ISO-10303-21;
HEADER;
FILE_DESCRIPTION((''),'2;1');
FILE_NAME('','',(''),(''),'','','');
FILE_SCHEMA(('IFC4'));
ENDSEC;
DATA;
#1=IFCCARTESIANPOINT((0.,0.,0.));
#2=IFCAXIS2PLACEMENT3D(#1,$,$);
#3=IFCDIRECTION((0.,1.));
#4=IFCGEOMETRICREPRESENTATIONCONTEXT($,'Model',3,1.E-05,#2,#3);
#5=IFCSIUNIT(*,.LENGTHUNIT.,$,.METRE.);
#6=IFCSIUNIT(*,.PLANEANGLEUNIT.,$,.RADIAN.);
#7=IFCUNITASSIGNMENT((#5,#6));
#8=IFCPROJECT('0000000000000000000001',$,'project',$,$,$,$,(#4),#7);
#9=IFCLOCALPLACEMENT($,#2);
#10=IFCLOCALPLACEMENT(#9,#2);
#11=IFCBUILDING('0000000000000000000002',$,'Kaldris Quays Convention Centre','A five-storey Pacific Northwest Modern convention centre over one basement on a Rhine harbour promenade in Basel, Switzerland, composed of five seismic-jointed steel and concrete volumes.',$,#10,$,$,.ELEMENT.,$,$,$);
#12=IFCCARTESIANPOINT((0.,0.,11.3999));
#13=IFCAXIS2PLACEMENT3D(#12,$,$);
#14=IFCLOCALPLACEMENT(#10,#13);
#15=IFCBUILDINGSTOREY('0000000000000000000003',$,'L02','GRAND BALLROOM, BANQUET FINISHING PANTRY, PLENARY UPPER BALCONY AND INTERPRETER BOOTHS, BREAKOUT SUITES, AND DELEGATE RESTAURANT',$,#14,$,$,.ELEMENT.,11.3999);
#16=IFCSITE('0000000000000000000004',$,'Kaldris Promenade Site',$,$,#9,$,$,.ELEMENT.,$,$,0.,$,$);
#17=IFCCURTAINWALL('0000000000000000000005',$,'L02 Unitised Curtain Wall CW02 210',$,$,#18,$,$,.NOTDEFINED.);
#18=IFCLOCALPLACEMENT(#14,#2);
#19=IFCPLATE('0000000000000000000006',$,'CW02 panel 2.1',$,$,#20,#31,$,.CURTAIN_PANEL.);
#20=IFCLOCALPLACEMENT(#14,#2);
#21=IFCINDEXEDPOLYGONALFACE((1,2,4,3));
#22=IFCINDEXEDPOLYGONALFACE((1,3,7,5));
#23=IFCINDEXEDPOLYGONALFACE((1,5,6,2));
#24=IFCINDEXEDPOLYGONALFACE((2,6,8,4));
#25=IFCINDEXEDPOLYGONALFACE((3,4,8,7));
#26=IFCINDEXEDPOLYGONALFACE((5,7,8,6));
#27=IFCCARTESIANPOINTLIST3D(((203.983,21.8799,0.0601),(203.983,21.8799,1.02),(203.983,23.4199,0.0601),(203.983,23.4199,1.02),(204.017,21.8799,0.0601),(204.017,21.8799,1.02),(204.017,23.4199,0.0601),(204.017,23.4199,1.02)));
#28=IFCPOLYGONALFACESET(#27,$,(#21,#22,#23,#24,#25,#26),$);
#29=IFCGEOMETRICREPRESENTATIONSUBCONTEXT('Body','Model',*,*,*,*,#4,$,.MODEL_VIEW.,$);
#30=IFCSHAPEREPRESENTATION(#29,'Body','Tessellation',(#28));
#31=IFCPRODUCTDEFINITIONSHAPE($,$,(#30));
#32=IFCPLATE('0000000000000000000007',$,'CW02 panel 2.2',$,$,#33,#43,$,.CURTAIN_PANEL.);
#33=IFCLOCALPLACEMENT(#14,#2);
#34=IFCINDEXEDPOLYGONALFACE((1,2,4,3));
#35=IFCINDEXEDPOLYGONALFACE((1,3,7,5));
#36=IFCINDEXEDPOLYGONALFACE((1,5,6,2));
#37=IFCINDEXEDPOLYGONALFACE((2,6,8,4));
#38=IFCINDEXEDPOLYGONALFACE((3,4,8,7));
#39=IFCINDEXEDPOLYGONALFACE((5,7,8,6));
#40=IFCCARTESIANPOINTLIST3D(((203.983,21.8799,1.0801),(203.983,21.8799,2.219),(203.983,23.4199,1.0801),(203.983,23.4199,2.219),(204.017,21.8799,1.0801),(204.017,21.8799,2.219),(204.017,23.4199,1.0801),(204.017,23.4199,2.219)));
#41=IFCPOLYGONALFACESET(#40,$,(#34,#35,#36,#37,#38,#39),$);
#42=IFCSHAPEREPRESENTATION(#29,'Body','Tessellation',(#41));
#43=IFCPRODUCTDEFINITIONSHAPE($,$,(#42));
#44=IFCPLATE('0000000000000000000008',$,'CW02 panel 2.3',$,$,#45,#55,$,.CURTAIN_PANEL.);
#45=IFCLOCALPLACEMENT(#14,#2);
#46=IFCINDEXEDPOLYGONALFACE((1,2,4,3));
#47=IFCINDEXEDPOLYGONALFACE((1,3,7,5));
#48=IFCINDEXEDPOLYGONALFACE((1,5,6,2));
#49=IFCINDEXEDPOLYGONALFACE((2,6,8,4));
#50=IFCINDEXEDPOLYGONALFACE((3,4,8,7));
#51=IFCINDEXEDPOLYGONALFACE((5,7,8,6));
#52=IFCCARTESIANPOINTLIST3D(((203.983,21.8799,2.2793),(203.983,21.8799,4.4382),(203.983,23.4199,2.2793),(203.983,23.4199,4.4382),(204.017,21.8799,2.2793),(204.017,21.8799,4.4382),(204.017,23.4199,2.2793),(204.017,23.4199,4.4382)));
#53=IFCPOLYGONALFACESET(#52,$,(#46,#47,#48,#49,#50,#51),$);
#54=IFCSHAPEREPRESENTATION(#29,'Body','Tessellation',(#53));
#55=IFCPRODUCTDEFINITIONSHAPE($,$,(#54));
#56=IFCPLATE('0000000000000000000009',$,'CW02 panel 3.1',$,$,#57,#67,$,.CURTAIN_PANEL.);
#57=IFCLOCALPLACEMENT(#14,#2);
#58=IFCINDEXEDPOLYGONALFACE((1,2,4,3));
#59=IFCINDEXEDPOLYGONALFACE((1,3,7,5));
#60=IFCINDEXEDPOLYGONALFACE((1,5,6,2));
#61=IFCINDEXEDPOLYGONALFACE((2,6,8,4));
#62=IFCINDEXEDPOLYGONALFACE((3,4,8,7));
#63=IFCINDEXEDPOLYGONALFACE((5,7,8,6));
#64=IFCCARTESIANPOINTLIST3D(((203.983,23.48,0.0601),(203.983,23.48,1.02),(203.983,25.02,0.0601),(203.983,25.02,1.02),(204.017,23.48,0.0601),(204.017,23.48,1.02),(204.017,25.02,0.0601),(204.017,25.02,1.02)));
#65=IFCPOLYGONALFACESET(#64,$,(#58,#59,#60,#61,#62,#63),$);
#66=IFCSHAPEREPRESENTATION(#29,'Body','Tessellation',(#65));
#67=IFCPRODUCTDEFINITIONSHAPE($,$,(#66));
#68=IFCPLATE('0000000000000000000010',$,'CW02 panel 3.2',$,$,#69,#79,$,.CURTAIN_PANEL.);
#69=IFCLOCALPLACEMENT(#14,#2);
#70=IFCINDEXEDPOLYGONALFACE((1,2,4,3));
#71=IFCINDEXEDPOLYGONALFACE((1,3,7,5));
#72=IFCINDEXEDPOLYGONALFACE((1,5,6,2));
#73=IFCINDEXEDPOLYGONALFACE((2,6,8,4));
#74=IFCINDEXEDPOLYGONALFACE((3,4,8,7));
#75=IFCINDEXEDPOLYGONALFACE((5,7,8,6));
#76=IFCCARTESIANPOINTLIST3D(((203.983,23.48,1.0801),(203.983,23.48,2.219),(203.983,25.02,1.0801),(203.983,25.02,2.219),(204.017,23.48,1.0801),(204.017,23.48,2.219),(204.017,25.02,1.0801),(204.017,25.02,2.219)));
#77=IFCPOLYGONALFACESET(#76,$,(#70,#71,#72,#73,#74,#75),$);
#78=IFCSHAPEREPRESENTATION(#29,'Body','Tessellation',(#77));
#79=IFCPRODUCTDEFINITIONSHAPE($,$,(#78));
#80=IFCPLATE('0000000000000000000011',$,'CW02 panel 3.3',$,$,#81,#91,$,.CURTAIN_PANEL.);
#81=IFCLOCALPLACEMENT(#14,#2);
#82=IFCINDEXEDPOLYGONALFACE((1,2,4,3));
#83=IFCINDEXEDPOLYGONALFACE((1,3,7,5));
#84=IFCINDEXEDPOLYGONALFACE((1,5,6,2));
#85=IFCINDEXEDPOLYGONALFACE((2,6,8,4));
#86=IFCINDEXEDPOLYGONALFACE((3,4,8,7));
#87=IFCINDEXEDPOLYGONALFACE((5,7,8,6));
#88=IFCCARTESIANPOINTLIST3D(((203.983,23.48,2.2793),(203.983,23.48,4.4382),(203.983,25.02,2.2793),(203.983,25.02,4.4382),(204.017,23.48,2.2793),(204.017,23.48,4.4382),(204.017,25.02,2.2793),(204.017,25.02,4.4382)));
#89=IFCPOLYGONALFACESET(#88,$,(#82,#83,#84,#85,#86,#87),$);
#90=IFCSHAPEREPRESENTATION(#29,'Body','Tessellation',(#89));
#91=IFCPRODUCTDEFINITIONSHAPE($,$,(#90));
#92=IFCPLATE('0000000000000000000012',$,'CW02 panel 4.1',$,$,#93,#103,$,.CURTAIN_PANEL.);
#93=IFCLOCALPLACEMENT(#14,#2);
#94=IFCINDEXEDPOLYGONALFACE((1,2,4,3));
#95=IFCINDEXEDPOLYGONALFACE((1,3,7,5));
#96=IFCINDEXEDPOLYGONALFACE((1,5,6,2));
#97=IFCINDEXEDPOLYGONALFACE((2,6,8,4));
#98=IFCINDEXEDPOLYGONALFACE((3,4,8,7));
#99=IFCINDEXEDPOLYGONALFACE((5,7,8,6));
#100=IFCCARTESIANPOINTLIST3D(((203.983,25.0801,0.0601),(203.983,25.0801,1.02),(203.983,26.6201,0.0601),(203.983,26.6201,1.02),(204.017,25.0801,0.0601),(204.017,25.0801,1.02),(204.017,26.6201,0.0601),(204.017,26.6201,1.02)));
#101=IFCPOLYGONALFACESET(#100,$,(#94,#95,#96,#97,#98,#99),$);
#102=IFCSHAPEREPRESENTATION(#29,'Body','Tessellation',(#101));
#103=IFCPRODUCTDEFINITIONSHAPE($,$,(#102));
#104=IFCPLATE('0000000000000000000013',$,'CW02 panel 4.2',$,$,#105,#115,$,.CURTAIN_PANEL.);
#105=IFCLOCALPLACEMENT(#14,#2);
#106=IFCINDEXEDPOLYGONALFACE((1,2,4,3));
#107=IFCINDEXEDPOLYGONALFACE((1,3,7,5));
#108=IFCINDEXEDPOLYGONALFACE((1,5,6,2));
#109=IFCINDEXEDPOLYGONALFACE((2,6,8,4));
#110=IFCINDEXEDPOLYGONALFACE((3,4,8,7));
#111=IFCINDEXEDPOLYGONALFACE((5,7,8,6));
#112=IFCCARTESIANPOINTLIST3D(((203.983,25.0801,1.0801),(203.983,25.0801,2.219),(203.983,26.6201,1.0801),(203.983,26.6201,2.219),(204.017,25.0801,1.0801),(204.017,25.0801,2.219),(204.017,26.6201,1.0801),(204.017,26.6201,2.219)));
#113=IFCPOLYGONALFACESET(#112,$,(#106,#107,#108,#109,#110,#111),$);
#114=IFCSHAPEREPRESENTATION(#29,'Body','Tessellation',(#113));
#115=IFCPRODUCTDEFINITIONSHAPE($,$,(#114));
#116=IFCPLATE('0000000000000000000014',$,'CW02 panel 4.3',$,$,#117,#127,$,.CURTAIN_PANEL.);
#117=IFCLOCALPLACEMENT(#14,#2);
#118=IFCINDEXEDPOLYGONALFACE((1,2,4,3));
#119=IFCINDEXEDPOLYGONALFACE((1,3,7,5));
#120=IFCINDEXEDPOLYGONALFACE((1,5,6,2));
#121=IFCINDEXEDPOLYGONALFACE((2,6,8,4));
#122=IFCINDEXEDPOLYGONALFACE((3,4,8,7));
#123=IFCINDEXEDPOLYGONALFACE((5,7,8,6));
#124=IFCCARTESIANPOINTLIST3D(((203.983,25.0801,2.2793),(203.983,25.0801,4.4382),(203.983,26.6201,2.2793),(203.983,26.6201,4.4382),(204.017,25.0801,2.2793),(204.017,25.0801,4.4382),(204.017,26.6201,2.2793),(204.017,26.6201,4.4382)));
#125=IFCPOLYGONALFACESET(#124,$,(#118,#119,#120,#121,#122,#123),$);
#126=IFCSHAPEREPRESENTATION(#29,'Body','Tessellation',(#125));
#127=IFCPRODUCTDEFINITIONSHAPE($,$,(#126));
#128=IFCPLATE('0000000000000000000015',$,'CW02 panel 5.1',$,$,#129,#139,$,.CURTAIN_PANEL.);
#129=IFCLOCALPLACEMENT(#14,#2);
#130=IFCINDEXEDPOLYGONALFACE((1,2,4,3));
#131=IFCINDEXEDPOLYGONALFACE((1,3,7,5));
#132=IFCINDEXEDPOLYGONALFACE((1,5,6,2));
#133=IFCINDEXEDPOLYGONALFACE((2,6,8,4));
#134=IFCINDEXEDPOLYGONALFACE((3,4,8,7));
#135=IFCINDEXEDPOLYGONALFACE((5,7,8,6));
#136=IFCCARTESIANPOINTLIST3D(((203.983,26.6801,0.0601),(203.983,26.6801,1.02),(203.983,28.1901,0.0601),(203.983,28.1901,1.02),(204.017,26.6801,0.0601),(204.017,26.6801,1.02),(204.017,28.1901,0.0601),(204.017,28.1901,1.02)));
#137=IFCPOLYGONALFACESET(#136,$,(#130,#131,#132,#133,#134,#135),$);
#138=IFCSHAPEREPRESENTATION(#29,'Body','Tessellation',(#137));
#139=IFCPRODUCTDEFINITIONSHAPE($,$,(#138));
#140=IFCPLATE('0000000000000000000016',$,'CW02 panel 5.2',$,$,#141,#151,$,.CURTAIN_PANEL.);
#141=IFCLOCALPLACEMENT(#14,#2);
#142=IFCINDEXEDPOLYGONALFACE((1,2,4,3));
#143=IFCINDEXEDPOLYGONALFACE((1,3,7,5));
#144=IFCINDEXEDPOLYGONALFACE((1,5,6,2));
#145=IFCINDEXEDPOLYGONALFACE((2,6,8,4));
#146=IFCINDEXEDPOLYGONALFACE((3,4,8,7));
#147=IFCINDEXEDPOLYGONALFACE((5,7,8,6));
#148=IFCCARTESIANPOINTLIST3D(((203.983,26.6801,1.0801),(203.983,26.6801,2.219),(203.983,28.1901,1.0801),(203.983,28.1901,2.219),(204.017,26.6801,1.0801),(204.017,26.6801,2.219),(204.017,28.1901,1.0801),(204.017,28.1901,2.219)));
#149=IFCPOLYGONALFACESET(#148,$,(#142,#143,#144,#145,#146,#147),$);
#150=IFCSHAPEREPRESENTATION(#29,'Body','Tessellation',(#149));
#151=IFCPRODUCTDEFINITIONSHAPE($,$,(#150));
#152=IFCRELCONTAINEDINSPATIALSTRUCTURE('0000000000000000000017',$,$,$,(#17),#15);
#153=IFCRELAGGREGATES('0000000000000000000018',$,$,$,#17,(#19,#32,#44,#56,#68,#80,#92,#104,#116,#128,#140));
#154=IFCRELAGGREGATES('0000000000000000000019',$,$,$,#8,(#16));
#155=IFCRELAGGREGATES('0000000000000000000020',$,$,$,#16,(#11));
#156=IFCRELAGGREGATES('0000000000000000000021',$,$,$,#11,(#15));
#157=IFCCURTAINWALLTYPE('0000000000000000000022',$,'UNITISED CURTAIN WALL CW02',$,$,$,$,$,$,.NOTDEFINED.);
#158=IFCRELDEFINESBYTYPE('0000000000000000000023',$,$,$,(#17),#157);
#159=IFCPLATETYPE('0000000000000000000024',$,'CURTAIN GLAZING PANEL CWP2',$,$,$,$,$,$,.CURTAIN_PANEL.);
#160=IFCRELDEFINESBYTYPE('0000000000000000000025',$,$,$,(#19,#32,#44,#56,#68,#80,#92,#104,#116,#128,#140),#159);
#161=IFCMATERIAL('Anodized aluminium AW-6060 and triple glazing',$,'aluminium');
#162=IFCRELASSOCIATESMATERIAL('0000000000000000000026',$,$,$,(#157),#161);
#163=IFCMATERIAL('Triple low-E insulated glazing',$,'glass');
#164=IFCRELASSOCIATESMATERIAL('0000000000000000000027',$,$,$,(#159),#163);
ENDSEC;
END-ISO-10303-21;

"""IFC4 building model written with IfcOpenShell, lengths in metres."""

from ifc_helpers import new_model, si_unit, direction, frame, origin, origin_2d, place, context, subcontext, project, spatial, rectangle, extrude, material, type_object, element, aggregate, save


model = new_model("IFC4")

# Units and contexts
model_context = context("Model", 3, precision=1e-05, world=origin(), true_north=direction((0.0, 1.0)))
body_context = subcontext(model_context, "Body", "Model", "MODEL_VIEW")
ifc_project = project(units=[si_unit("LENGTHUNIT", "METRE"), si_unit("PLANEANGLEUNIT", "RADIAN")], contexts=[model_context])

# Site, building, storey
site_placement = place(None, origin())
site = spatial("IfcSite", under=ifc_project, at=site_placement, Name="Kaldris Promenade Site", CompositionType="ELEMENT", RefElevation=0.0)
building_placement = place(site_placement, origin())
building = spatial("IfcBuilding", under=site, at=building_placement, Name="Kaldris Quays Convention Centre", Description="A five-storey Pacific Northwest Modern convention centre over one basement on a Rhine harbour promenade in Basel, Switzerland, composed of five seismic-jointed steel and concrete volumes.", CompositionType="ELEMENT")
storey_placement = place(building_placement, frame((0.0, 0.0, 11.3999)))
storey = spatial("IfcBuildingStorey", under=building, at=storey_placement, Name="L02", Description="GRAND BALLROOM, BANQUET FINISHING PANTRY, PLENARY UPPER BALCONY AND INTERPRETER BOOTHS, BREAKOUT SUITES, AND DELEGATE RESTAURANT", CompositionType="ELEMENT", Elevation=11.3999)

# Curtain wall, plates
ifc_material_1 = material(Name="Anodized aluminium AW-6060 and triple glazing", Category="aluminium")
curtain_wall_type = type_object("IfcCurtainWallType", Name="UNITISED CURTAIN WALL CW02", PredefinedType="NOTDEFINED", material=ifc_material_1)
curtain_wall_placement = place(storey_placement, origin())
curtain_wall = element("IfcCurtainWall", 1, at=curtain_wall_placement, inside=storey, type_object=curtain_wall_type, Name="L02 Unitised Curtain Wall CW02 210", PredefinedType="NOTDEFINED")
ifc_material_2 = material(Name="Triple low-E insulated glazing", Category="glass")
plate_type = type_object("IfcPlateType", Name="CURTAIN GLAZING PANEL CWP2", PredefinedType="CURTAIN_PANEL", material=ifc_material_2)
plate_1_placement = place(storey_placement, frame((204.0, 22.6499, 0.0601), z_axis=(0.0, 0.0, 1.0), x_axis=(0.0, 1.0, 0.0)))
plate_1 = element("IfcPlate", 2, at=plate_1_placement, type_object=plate_type, Name="CW02 panel 2.1", PredefinedType="CURTAIN_PANEL", context=body_context, shape_type="SweptSolid", body=[
    extrude(rectangle(XDim=1.54, YDim=0.0339, at=origin_2d()), origin(), (0.0, 0.0, 1.0), 0.96),
])
plate_2_placement = place(storey_placement, frame((204.0, 22.6499, 1.0801), z_axis=(0.0, 0.0, 1.0), x_axis=(0.0, 1.0, 0.0)))
plate_2 = element("IfcPlate", 3, at=plate_2_placement, type_object=plate_type, Name="CW02 panel 2.2", PredefinedType="CURTAIN_PANEL", context=body_context, shape_type="SweptSolid", body=[
    extrude(rectangle(XDim=1.54, YDim=0.0339, at=origin_2d()), origin(), (0.0, 0.0, 1.0), 1.1389),
])
plate_3_placement = place(storey_placement, frame((204.0, 22.6499, 2.2793), z_axis=(0.0, 0.0, 1.0), x_axis=(0.0, 1.0, 0.0)))
plate_3 = element("IfcPlate", 4, at=plate_3_placement, type_object=plate_type, Name="CW02 panel 2.3", PredefinedType="CURTAIN_PANEL", context=body_context, shape_type="SweptSolid", body=[
    extrude(rectangle(XDim=1.54, YDim=0.0339, at=origin_2d()), origin(), (0.0, 0.0, 1.0), 2.1589),
])
plate_4_placement = place(storey_placement, frame((204.0, 24.25, 0.0601), z_axis=(0.0, 0.0, 1.0), x_axis=(0.0, 1.0, 0.0)))
plate_4 = element("IfcPlate", 5, at=plate_4_placement, type_object=plate_type, Name="CW02 panel 3.1", PredefinedType="CURTAIN_PANEL", context=body_context, shape_type="SweptSolid", body=[
    extrude(rectangle(XDim=1.54, YDim=0.0339, at=origin_2d()), origin(), (0.0, 0.0, 1.0), 0.96),
])
plate_5_placement = place(storey_placement, frame((204.0, 24.25, 1.0801), z_axis=(0.0, 0.0, 1.0), x_axis=(0.0, 1.0, 0.0)))
plate_5 = element("IfcPlate", 6, at=plate_5_placement, type_object=plate_type, Name="CW02 panel 3.2", PredefinedType="CURTAIN_PANEL", context=body_context, shape_type="SweptSolid", body=[
    extrude(rectangle(XDim=1.54, YDim=0.0339, at=origin_2d()), origin(), (0.0, 0.0, 1.0), 1.1389),
])
plate_6_placement = place(storey_placement, frame((204.0, 24.25, 2.2793), z_axis=(0.0, 0.0, 1.0), x_axis=(0.0, 1.0, 0.0)))
plate_6 = element("IfcPlate", 7, at=plate_6_placement, type_object=plate_type, Name="CW02 panel 3.3", PredefinedType="CURTAIN_PANEL", context=body_context, shape_type="SweptSolid", body=[
    extrude(rectangle(XDim=1.54, YDim=0.0339, at=origin_2d()), origin(), (0.0, 0.0, 1.0), 2.1589),
])
plate_7_placement = place(storey_placement, frame((204.0, 25.8501, 0.0601), z_axis=(0.0, 0.0, 1.0), x_axis=(0.0, 1.0, 0.0)))
plate_7 = element("IfcPlate", 8, at=plate_7_placement, type_object=plate_type, Name="CW02 panel 4.1", PredefinedType="CURTAIN_PANEL", context=body_context, shape_type="SweptSolid", body=[
    extrude(rectangle(XDim=1.54, YDim=0.0339, at=origin_2d()), origin(), (0.0, 0.0, 1.0), 0.96),
])
plate_8_placement = place(storey_placement, frame((204.0, 25.8501, 1.0801), z_axis=(0.0, 0.0, 1.0), x_axis=(0.0, 1.0, 0.0)))
plate_8 = element("IfcPlate", 9, at=plate_8_placement, type_object=plate_type, Name="CW02 panel 4.2", PredefinedType="CURTAIN_PANEL", context=body_context, shape_type="SweptSolid", body=[
    extrude(rectangle(XDim=1.54, YDim=0.0339, at=origin_2d()), origin(), (0.0, 0.0, 1.0), 1.1389),
])
plate_9_placement = place(storey_placement, frame((204.0, 25.8501, 2.2793), z_axis=(0.0, 0.0, 1.0), x_axis=(0.0, 1.0, 0.0)))
plate_9 = element("IfcPlate", 10, at=plate_9_placement, type_object=plate_type, Name="CW02 panel 4.3", PredefinedType="CURTAIN_PANEL", context=body_context, shape_type="SweptSolid", body=[
    extrude(rectangle(XDim=1.54, YDim=0.0339, at=origin_2d()), origin(), (0.0, 0.0, 1.0), 2.1589),
])
plate_10_placement = place(storey_placement, frame((204.0, 27.4351, 0.0601), z_axis=(0.0, 0.0, 1.0), x_axis=(0.0, 1.0, 0.0)))
plate_10 = element("IfcPlate", 11, at=plate_10_placement, type_object=plate_type, Name="CW02 panel 5.1", PredefinedType="CURTAIN_PANEL", context=body_context, shape_type="SweptSolid", body=[
    extrude(rectangle(XDim=1.51, YDim=0.0339, at=origin_2d()), origin(), (0.0, 0.0, 1.0), 0.96),
])
plate_11_placement = place(storey_placement, frame((204.0, 27.4351, 1.0801), z_axis=(0.0, 0.0, 1.0), x_axis=(0.0, 1.0, 0.0)))
plate_11 = element("IfcPlate", 12, at=plate_11_placement, type_object=plate_type, Name="CW02 panel 5.2", PredefinedType="CURTAIN_PANEL", context=body_context, shape_type="SweptSolid", body=[
    extrude(rectangle(XDim=1.51, YDim=0.0339, at=origin_2d()), origin(), (0.0, 0.0, 1.0), 1.1389),
])
aggregate(curtain_wall, [plate_1, plate_2, plate_3, plate_4, plate_5, plate_6, plate_7, plate_8, plate_9, plate_10, plate_11])

save(model, "model.ifc")
